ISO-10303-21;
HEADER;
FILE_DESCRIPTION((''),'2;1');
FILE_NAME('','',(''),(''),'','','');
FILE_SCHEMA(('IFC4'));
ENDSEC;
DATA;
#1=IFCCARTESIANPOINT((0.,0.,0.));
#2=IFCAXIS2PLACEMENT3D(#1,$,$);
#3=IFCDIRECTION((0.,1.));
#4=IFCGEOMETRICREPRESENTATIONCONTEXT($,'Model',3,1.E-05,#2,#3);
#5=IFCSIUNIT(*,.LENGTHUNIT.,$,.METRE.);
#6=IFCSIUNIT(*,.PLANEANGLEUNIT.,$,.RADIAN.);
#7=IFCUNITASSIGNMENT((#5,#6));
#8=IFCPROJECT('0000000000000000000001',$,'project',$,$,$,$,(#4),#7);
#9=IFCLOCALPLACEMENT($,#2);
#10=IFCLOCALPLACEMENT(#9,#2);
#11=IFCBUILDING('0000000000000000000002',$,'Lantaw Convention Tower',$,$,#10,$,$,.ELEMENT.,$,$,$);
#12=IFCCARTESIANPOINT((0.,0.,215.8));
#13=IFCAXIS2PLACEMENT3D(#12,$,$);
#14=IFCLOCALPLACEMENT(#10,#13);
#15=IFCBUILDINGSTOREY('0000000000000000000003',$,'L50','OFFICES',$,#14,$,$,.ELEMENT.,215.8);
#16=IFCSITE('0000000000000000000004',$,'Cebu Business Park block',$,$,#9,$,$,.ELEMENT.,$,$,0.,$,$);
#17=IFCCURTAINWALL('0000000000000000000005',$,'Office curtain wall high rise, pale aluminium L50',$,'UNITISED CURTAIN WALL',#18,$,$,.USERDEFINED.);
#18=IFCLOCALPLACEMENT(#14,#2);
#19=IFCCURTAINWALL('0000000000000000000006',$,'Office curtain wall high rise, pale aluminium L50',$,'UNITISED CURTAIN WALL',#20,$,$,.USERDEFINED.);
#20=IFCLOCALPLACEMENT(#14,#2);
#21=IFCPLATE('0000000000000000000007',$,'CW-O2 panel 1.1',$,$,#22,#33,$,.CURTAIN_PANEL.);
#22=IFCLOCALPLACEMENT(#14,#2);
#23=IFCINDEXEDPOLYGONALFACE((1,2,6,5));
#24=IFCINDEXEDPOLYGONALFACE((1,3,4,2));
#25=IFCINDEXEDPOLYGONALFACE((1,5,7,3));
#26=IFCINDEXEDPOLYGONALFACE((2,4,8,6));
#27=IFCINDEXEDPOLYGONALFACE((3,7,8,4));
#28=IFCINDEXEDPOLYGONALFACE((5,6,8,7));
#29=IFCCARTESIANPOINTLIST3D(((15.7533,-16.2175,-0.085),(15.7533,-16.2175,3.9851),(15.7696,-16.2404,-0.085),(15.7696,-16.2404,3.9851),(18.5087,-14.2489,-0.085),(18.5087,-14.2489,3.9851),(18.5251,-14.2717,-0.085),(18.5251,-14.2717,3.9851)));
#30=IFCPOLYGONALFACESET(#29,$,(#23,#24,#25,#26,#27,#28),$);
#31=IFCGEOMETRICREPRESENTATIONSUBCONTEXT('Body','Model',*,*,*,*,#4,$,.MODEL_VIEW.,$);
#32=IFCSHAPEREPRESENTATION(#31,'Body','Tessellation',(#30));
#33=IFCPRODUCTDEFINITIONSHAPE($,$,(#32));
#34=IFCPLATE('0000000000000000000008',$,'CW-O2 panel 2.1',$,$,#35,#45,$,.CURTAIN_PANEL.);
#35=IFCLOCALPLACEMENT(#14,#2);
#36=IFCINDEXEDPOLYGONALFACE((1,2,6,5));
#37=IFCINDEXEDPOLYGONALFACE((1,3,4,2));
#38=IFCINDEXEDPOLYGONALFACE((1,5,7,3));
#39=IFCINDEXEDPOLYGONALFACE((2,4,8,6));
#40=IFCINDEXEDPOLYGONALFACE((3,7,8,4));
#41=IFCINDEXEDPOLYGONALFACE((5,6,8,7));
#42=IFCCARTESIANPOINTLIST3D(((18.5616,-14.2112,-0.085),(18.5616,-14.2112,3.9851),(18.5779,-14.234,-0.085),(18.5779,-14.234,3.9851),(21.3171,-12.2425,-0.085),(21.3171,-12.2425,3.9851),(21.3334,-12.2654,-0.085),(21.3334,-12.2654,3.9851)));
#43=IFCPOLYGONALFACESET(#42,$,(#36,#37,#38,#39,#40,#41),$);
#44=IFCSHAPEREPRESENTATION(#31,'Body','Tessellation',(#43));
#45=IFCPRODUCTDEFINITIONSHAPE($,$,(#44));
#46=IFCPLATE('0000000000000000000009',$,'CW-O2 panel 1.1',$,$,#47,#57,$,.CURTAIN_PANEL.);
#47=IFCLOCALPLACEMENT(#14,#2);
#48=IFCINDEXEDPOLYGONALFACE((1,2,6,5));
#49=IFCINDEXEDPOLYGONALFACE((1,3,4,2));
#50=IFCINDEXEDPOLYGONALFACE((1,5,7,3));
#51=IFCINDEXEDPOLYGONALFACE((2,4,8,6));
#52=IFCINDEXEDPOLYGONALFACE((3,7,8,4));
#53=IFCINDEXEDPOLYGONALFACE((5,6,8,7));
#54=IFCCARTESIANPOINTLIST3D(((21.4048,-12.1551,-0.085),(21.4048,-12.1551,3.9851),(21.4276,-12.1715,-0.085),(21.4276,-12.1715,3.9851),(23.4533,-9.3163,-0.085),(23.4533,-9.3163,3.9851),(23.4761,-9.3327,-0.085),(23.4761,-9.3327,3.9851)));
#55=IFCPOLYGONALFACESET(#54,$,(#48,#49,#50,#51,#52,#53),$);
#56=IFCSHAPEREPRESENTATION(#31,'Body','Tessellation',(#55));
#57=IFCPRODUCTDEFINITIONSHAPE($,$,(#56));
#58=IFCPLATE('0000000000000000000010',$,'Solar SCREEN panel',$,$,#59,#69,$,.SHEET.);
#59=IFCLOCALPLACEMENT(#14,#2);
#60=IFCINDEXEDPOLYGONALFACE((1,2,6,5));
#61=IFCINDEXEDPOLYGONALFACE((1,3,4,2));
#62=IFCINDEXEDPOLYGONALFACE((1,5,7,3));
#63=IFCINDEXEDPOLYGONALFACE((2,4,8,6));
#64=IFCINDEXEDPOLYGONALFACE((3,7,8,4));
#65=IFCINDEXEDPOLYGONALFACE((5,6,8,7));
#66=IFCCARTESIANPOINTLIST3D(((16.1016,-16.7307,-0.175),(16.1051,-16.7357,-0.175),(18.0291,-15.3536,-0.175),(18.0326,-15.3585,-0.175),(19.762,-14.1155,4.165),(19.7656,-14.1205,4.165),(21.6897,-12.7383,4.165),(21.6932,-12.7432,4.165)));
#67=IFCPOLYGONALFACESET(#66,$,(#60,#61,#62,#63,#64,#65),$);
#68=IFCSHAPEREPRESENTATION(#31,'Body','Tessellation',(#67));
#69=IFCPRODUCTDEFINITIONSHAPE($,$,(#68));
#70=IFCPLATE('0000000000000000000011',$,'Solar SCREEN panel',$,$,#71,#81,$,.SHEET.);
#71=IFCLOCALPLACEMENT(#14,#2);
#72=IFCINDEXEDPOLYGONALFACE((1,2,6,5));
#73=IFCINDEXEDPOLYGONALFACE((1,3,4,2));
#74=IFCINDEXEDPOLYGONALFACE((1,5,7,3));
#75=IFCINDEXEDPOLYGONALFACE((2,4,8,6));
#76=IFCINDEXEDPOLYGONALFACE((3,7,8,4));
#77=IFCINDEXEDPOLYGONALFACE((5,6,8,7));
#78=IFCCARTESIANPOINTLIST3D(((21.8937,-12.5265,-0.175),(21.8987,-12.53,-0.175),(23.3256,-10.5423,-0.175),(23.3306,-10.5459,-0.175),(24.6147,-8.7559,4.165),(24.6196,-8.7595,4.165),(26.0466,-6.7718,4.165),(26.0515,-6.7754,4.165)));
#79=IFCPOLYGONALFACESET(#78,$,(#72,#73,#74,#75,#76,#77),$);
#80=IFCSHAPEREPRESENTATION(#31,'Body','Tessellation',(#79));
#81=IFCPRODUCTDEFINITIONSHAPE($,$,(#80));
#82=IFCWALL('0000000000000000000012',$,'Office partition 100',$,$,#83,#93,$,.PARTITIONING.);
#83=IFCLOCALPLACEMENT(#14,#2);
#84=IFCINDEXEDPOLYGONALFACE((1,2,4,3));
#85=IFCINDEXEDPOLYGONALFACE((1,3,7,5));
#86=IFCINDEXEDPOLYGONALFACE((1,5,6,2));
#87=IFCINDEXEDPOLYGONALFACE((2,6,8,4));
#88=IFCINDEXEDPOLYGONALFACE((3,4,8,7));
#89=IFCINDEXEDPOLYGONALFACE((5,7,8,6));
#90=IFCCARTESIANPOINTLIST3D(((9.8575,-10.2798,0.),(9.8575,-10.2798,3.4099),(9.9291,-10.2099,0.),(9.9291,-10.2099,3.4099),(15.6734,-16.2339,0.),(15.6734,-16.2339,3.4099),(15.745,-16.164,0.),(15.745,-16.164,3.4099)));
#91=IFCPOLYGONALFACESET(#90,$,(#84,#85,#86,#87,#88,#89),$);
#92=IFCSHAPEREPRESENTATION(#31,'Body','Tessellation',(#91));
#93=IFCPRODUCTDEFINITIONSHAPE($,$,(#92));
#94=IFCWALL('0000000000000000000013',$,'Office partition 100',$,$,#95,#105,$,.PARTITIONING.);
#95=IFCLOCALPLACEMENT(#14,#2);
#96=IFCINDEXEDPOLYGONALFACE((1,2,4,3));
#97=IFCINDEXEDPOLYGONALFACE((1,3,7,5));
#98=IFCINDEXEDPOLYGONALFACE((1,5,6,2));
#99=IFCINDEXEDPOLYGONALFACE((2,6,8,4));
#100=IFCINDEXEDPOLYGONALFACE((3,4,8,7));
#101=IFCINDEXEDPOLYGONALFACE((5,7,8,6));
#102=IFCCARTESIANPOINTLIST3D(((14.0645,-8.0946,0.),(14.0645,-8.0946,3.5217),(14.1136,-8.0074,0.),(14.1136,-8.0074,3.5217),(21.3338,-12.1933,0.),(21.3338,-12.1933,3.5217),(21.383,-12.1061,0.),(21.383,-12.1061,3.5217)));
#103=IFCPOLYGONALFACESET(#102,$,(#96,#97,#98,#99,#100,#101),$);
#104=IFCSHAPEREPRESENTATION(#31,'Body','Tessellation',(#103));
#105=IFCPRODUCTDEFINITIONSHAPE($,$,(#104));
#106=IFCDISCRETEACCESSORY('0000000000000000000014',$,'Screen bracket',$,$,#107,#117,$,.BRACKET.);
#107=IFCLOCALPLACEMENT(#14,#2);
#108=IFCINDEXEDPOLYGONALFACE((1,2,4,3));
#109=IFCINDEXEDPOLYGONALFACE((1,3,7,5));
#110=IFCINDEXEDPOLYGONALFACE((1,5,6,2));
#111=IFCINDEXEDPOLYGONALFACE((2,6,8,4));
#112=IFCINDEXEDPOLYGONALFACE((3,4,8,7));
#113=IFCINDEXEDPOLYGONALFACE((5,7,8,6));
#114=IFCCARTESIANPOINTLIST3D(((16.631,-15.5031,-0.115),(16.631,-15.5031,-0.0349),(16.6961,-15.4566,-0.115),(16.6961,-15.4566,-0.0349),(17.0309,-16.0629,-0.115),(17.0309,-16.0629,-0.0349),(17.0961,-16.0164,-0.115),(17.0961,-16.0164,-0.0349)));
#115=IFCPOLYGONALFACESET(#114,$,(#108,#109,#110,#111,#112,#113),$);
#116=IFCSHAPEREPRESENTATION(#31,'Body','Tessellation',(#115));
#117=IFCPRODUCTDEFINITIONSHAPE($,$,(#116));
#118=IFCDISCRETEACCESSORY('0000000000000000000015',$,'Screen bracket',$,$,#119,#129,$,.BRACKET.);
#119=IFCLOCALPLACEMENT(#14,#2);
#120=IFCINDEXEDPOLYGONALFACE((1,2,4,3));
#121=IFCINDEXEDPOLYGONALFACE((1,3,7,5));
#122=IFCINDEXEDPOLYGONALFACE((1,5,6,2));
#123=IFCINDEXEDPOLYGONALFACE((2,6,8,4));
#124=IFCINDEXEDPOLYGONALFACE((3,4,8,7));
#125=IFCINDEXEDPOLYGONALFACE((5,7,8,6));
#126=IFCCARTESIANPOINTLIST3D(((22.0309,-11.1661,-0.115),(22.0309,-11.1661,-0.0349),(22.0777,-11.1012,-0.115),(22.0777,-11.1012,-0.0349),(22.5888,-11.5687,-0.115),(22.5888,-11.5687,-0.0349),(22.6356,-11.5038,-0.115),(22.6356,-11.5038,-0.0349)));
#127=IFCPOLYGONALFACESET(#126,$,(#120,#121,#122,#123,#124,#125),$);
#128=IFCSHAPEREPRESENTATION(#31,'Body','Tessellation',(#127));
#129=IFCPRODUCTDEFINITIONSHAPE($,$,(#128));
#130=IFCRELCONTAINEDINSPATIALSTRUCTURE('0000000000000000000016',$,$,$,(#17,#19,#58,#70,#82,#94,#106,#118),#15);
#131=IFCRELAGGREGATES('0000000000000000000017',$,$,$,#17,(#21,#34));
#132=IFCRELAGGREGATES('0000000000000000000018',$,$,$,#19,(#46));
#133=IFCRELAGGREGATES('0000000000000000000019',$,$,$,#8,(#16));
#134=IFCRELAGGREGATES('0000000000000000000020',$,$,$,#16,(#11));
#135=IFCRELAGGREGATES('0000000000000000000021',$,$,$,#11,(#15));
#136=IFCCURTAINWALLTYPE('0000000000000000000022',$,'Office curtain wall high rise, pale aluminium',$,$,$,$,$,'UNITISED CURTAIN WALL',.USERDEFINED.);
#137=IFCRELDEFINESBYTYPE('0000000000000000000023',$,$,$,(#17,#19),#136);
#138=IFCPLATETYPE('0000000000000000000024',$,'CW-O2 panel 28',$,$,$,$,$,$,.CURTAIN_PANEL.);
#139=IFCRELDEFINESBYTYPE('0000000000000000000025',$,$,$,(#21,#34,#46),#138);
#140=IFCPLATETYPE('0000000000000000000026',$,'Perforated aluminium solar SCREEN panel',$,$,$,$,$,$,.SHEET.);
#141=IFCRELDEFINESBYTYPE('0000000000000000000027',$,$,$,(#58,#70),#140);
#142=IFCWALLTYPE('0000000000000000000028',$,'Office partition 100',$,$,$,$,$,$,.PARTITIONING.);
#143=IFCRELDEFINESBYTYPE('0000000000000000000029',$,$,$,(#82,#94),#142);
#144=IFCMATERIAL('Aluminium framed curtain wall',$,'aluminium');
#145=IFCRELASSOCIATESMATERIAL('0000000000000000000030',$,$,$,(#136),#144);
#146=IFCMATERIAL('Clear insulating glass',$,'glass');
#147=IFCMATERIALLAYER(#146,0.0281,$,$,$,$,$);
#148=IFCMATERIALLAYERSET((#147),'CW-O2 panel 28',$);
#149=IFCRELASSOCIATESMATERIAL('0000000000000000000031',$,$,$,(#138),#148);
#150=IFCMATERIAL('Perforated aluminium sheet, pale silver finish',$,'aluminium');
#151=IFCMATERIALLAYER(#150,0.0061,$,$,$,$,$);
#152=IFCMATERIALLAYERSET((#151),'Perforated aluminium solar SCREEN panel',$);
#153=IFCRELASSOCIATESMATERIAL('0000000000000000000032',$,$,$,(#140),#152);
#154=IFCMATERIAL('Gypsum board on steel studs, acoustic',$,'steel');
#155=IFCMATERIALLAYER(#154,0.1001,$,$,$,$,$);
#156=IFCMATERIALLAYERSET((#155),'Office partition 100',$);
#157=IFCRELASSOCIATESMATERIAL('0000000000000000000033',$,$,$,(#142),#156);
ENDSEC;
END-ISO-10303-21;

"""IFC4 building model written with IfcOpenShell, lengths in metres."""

from ifc_helpers import new_model, si_unit, direction, frame, frame_2d, origin, origin_2d, place, context, subcontext, project, spatial, polyline, rectangle, outline, extrude, material, layer, layer_set, type_object, element, aggregate, save


model = new_model("IFC4")

# Units and contexts
model_context = context("Model", 3, precision=1e-05, world=origin(), true_north=direction((0.0, 1.0)))
body_context = subcontext(model_context, "Body", "Model", "MODEL_VIEW")
ifc_project = project(units=[si_unit("LENGTHUNIT", "METRE"), si_unit("PLANEANGLEUNIT", "RADIAN")], contexts=[model_context])

# Site, building, storey
site_placement = place(None, origin())
site = spatial("IfcSite", under=ifc_project, at=site_placement, Name="Cebu Business Park block", CompositionType="ELEMENT", RefElevation=0.0)
building_placement = place(site_placement, origin())
building = spatial("IfcBuilding", under=site, at=building_placement, Name="Lantaw Convention Tower", CompositionType="ELEMENT")
storey_placement = place(building_placement, frame((0.0, 0.0, 215.8)))
storey = spatial("IfcBuildingStorey", under=building, at=storey_placement, Name="L50", Description="OFFICES", CompositionType="ELEMENT", Elevation=215.8)

# Curtain walls
ifc_material_1 = material(Name="Aluminium framed curtain wall", Category="aluminium")
curtain_wall_type = type_object("IfcCurtainWallType", Name="Office curtain wall high rise, pale aluminium", ElementType="UNITISED CURTAIN WALL", PredefinedType="USERDEFINED", material=ifc_material_1)
curtain_wall_1_placement = place(storey_placement, origin())
curtain_wall_1 = element("IfcCurtainWall", 1, at=curtain_wall_1_placement, inside=storey, type_object=curtain_wall_type, Name="Office curtain wall high rise, pale aluminium L50", ObjectType="UNITISED CURTAIN WALL", PredefinedType="USERDEFINED")
curtain_wall_2_placement = place(storey_placement, origin())
curtain_wall_2 = element("IfcCurtainWall", 2, at=curtain_wall_2_placement, inside=storey, type_object=curtain_wall_type, Name="Office curtain wall high rise, pale aluminium L50", ObjectType="UNITISED CURTAIN WALL", PredefinedType="USERDEFINED")

# Plates
ifc_material_2 = material(Name="Clear insulating glass", Category="glass")
ifc_layer_1 = layer(ifc_material_2, 0.0281)
ifc_layer_set_1 = layer_set([ifc_layer_1], Name="CW-O2 panel 28")
plate_type_1 = type_object("IfcPlateType", Name="CW-O2 panel 28", PredefinedType="CURTAIN_PANEL", material=ifc_layer_set_1)
plate_1_placement = place(storey_placement, frame((17.1392, -15.2446, -0.085), z_axis=(0.0, 0.0, 1.0), x_axis=(0.813673, 0.581323, 0.0)))
plate_1 = element("IfcPlate", 3, at=plate_1_placement, type_object=plate_type_1, Name="CW-O2 panel 1.1", PredefinedType="CURTAIN_PANEL", context=body_context, shape_type="SweptSolid", body=[
    extrude(rectangle(XDim=3.3865, YDim=0.0281, at=origin_2d()), origin(), (0.0, 0.0, 1.0), 4.0701),
])
plate_2_placement = place(storey_placement, frame((19.9475, -13.2383, -0.085), z_axis=(0.0, 0.0, 1.0), x_axis=(0.813673, 0.581323, 0.0)))
plate_2 = element("IfcPlate", 4, at=plate_2_placement, type_object=plate_type_1, Name="CW-O2 panel 2.1", PredefinedType="CURTAIN_PANEL", context=body_context, shape_type="SweptSolid", body=[
    extrude(rectangle(XDim=3.3865, YDim=0.0281, at=origin_2d()), origin(), (0.0, 0.0, 1.0), 4.0701),
])
aggregate(curtain_wall_1, [plate_1, plate_2])
plate_3_placement = place(storey_placement, frame((22.4404, -10.7439, -0.085), z_axis=(0.0, 0.0, 1.0), x_axis=(0.585158, 0.81092, 0.0)))
plate_3 = element("IfcPlate", 5, at=plate_3_placement, type_object=plate_type_1, Name="CW-O2 panel 1.1", PredefinedType="CURTAIN_PANEL", context=body_context, shape_type="SweptSolid", body=[
    extrude(rectangle(XDim=3.5007, YDim=0.0281, at=origin_2d()), origin(), (0.0, 0.0, 1.0), 4.0701),
])
aggregate(curtain_wall_2, [plate_3])

# Plates
ifc_material_3 = material(Name="Perforated aluminium sheet, pale silver finish", Category="aluminium")
ifc_layer_2 = layer(ifc_material_3, 0.0061)
ifc_layer_set_2 = layer_set([ifc_layer_2], Name="Perforated aluminium solar SCREEN panel")
plate_type_2 = type_object("IfcPlateType", Name="Perforated aluminium solar SCREEN panel", PredefinedType="SHEET", material=ifc_layer_set_2)
plate_4_placement = place(storey_placement, frame((16.1016, -16.7307, -0.175), z_axis=(-0.581331, 0.813667, 0.00001), x_axis=(0.813667, 0.581331, 0.0)))
element("IfcPlate", 6, at=plate_4_placement, inside=storey, type_object=plate_type_2, Name="Solar SCREEN panel", PredefinedType="SHEET", context=body_context, shape_type="SweptSolid", body=[
    extrude(outline(polyline([(0.0, 0.0), (2.3689, 0.0), (6.8678, -4.3401), (4.4987, -4.3401), (0.0, 0.0)])), origin(), (0.0, 0.0, -1.0), 0.0061),
])
plate_5_placement = place(storey_placement, frame((21.8987, -12.53, -0.175), z_axis=(0.810892, -0.585195, 0.00002), x_axis=(0.585195, 0.810892, 0.0)))
element("IfcPlate", 7, at=plate_5_placement, inside=storey, type_object=plate_type_2, Name="Solar SCREEN panel", PredefinedType="SHEET", context=body_context, shape_type="SweptSolid", body=[
    extrude(outline(polyline([(0.0, 0.0), (2.4468, 0.0), (7.0966, 4.3401), (4.6498, 4.3401), (0.0, 0.0)])), origin(), (0.0, 0.0, -1.0), 0.0061),
])

# Walls
ifc_material_4 = material(Name="Gypsum board on steel studs, acoustic", Category="steel")
ifc_layer_3 = layer(ifc_material_4, 0.1001)
ifc_layer_set_3 = layer_set([ifc_layer_3], Name="Office partition 100")
wall_type = type_object("IfcWallType", Name="Office partition 100", PredefinedType="PARTITIONING", material=ifc_layer_set_3)
wall_1_placement = place(storey_placement, frame((15.7092, -16.199, 0.0), z_axis=(0.0, 0.0, 1.0), x_axis=(-0.698757, 0.715359, 0.0)))
element("IfcWall", 8, at=wall_1_placement, inside=storey, type_object=wall_type, Name="Office partition 100", PredefinedType="PARTITIONING", context=body_context, shape_type="SweptSolid", body=[
    extrude(rectangle(XDim=8.3232, YDim=0.1001, at=frame_2d((4.1616, 0.0))), origin(), (0.0, 0.0, 1.0), 3.4099),
])
wall_2_placement = place(storey_placement, frame((21.3584, -12.1497, 0.0), z_axis=(0.0, 0.0, 1.0), x_axis=(-0.871081, 0.49114, 0.0)))
element("IfcWall", 9, at=wall_2_placement, inside=storey, type_object=wall_type, Name="Office partition 100", PredefinedType="PARTITIONING", context=body_context, shape_type="SweptSolid", body=[
    extrude(rectangle(XDim=8.3452, YDim=0.1001, at=frame_2d((4.1726, 0.0))), origin(), (0.0, 0.0, 1.0), 3.5217),
])

# Discrete accessories
for number, where, z_axis, x_axis, name in (
    (10, (16.8635, -15.7598, -0.115), (0.0, 0.0, 1.0), (0.813673, 0.581323, 0.0), "Screen bracket"),
    (11, (22.3333, -11.335, -0.115), (0.0, 0.0, 1.0), (0.585158, 0.81092, 0.0), "Screen bracket"),
):
    element("IfcDiscreteAccessory", number, at=place(storey_placement, frame(where, z_axis=z_axis, x_axis=x_axis)), inside=storey, Name=name, PredefinedType="BRACKET", context=body_context, shape_type="SweptSolid", body=[
        extrude(rectangle(XDim=0.0801, YDim=0.688, at=origin_2d()), origin(), (0.0, 0.0, 1.0), 0.0801),
    ])

save(model, "model.ifc")
